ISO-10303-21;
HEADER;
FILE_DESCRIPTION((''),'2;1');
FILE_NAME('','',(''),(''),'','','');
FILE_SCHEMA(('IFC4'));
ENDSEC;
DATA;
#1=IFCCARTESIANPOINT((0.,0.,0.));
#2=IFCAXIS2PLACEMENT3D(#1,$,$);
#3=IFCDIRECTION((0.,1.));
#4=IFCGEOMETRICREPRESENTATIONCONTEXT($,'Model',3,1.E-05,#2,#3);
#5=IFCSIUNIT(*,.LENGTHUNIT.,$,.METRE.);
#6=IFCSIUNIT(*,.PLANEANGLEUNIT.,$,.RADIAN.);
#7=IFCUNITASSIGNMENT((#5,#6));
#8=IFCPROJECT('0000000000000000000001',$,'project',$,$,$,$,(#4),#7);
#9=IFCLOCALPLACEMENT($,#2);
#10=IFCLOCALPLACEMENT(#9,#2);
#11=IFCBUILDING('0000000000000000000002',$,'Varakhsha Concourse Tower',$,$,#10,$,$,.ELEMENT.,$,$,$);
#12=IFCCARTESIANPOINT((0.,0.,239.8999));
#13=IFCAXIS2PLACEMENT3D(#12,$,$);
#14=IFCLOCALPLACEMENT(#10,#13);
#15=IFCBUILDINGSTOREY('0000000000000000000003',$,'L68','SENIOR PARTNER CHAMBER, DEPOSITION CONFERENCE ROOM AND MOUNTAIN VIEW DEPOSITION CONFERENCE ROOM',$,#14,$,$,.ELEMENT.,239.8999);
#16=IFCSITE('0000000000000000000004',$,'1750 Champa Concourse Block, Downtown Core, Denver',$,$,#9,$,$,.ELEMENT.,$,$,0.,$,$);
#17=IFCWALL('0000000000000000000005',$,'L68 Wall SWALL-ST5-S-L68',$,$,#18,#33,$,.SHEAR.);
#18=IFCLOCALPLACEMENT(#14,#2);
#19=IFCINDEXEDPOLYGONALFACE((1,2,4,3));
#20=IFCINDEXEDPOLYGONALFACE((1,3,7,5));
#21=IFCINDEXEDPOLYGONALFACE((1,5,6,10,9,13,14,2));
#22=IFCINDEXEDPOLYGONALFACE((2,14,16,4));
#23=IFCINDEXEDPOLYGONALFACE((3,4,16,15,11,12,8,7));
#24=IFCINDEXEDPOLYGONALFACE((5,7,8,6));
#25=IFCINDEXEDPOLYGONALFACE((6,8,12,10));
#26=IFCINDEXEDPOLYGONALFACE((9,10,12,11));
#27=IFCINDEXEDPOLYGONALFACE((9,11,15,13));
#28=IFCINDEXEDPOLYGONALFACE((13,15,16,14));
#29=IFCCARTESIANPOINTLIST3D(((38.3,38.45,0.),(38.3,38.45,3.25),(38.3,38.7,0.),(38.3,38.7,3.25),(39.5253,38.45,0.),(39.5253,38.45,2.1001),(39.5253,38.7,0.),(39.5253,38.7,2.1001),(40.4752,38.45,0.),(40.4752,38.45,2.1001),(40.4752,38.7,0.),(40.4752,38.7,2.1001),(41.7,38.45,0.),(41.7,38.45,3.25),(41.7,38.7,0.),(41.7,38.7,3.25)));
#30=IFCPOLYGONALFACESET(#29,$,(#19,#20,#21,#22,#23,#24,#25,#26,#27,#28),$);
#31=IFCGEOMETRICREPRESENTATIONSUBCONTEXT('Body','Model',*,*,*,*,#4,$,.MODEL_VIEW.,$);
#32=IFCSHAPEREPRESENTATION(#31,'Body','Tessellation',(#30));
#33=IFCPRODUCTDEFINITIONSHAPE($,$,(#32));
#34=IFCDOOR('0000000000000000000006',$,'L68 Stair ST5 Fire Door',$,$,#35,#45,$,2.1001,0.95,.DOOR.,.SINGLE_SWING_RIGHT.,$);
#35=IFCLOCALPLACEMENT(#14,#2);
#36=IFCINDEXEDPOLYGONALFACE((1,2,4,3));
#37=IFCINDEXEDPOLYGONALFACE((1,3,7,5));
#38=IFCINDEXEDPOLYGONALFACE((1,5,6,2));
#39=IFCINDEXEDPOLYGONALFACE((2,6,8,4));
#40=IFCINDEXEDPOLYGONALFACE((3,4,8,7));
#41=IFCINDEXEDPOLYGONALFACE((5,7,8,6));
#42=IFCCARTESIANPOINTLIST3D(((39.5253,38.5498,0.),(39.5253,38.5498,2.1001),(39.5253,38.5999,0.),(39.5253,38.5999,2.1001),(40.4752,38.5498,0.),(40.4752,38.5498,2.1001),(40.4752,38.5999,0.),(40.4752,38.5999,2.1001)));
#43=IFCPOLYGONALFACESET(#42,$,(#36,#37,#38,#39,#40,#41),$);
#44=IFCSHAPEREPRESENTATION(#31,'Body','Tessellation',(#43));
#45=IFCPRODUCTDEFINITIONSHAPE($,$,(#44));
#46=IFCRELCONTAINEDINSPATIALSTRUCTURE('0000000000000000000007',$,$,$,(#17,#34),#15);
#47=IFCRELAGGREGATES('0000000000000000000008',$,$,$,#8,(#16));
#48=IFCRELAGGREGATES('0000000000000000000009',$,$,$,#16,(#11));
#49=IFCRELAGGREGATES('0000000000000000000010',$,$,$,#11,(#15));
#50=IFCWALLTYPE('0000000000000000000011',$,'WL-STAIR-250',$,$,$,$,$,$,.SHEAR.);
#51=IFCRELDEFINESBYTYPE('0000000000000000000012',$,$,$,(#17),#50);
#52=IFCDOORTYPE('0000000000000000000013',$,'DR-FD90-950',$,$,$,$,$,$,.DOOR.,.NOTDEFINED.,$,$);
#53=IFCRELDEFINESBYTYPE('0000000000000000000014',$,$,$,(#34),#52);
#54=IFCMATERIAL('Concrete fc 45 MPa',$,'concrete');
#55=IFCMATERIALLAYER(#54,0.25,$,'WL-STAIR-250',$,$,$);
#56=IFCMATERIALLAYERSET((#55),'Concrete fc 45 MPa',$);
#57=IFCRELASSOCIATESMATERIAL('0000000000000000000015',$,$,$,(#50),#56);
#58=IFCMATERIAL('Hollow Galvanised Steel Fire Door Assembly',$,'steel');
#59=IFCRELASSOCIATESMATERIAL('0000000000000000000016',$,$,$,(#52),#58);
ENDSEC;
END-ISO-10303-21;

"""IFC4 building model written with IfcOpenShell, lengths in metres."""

from ifc_helpers import new_model, si_unit, direction, frame, frame_2d, origin, place, context, subcontext, project, spatial, rectangle, extrude, material, layer, layer_set, type_object, element, fill, save


model = new_model("IFC4")

# Units and contexts
model_context = context("Model", 3, precision=1e-05, world=origin(), true_north=direction((0.0, 1.0)))
body_context = subcontext(model_context, "Body", "Model", "MODEL_VIEW")
ifc_project = project(units=[si_unit("LENGTHUNIT", "METRE"), si_unit("PLANEANGLEUNIT", "RADIAN")], contexts=[model_context])

# Site, building, storey
site_placement = place(None, origin())
site = spatial("IfcSite", under=ifc_project, at=site_placement, Name="1750 Champa Concourse Block, Downtown Core, Denver", CompositionType="ELEMENT", RefElevation=0.0)
building_placement = place(site_placement, origin())
building = spatial("IfcBuilding", under=site, at=building_placement, Name="Varakhsha Concourse Tower", CompositionType="ELEMENT")
storey_placement = place(building_placement, frame((0.0, 0.0, 239.8999)))
storey = spatial("IfcBuildingStorey", under=building, at=storey_placement, Name="L68", Description="SENIOR PARTNER CHAMBER, DEPOSITION CONFERENCE ROOM AND MOUNTAIN VIEW DEPOSITION CONFERENCE ROOM", CompositionType="ELEMENT", Elevation=239.8999)

# Shared definitions
ifc_material_1 = material(Name="Hollow Galvanised Steel Fire Door Assembly", Category="steel")

# Shared definitions
ifc_material_2 = material(Name="Concrete fc 45 MPa", Category="concrete")
ifc_layer_1 = layer(ifc_material_2, 0.25, Name="WL-STAIR-250")
ifc_layer_set_1 = layer_set([ifc_layer_1], Name="Concrete fc 45 MPa")
wall_type_1 = type_object("IfcWallType", Name="WL-STAIR-250", PredefinedType="SHEAR", material=ifc_layer_set_1)

# Wall, opening, door
wall_1_placement = place(storey_placement, frame((38.3, 38.575, 0.0), z_axis=(0.0, 0.0, 1.0), x_axis=(1.0, 0.0, 0.0)))
wall_1 = element("IfcWall", 1, at=wall_1_placement, inside=storey, type_object=wall_type_1, Name="L68 Wall SWALL-ST5-S-L68", PredefinedType="SHEAR", context=body_context, shape_type="SweptSolid", body=[
    extrude(rectangle(XDim=3.3999, YDim=0.25, at=frame_2d((1.7, 0.0))), origin(), (0.0, 0.0, 1.0), 3.25),
])
opening_1_placement = place(wall_1_placement, frame((1.2251, 0.0, 0.0)))
opening_1 = element("IfcOpeningElement", 2, at=opening_1_placement, cuts=wall_1, PredefinedType="OPENING", context=body_context, shape_type="SweptSolid", body=[
    extrude(rectangle(XDim=0.95, YDim=2.1001, at=frame_2d((0.4751, 1.05))), frame((0.0, 0.135, 0.0), z_axis=(0.0, -1.0, 0.0), x_axis=(1.0, 0.0, 0.0)), (0.0, 0.0, 1.0), 0.27),
])
door_type_1 = type_object("IfcDoorType", Name="DR-FD90-950", OperationType="NOTDEFINED", PredefinedType="DOOR", material=ifc_material_1)
door_1_placement = place(opening_1_placement, origin())
door_1 = element("IfcDoor", 3, at=door_1_placement, inside=storey, type_object=door_type_1, Name="L68 Stair ST5 Fire Door", OperationType="SINGLE_SWING_RIGHT", OverallHeight=2.1001, OverallWidth=0.95, PredefinedType="DOOR", context=body_context, shape_type="SweptSolid", body=[
    extrude(rectangle(XDim=0.95, YDim=2.1001, at=frame_2d((0.4751, 1.05))), frame((0.0, 0.0249, 0.0), z_axis=(0.0, -1.0, 0.0), x_axis=(1.0, 0.0, 0.0)), (0.0, 0.0, 1.0), 0.05),
])
fill(opening_1, door_1)

save(model, "model.ifc")
